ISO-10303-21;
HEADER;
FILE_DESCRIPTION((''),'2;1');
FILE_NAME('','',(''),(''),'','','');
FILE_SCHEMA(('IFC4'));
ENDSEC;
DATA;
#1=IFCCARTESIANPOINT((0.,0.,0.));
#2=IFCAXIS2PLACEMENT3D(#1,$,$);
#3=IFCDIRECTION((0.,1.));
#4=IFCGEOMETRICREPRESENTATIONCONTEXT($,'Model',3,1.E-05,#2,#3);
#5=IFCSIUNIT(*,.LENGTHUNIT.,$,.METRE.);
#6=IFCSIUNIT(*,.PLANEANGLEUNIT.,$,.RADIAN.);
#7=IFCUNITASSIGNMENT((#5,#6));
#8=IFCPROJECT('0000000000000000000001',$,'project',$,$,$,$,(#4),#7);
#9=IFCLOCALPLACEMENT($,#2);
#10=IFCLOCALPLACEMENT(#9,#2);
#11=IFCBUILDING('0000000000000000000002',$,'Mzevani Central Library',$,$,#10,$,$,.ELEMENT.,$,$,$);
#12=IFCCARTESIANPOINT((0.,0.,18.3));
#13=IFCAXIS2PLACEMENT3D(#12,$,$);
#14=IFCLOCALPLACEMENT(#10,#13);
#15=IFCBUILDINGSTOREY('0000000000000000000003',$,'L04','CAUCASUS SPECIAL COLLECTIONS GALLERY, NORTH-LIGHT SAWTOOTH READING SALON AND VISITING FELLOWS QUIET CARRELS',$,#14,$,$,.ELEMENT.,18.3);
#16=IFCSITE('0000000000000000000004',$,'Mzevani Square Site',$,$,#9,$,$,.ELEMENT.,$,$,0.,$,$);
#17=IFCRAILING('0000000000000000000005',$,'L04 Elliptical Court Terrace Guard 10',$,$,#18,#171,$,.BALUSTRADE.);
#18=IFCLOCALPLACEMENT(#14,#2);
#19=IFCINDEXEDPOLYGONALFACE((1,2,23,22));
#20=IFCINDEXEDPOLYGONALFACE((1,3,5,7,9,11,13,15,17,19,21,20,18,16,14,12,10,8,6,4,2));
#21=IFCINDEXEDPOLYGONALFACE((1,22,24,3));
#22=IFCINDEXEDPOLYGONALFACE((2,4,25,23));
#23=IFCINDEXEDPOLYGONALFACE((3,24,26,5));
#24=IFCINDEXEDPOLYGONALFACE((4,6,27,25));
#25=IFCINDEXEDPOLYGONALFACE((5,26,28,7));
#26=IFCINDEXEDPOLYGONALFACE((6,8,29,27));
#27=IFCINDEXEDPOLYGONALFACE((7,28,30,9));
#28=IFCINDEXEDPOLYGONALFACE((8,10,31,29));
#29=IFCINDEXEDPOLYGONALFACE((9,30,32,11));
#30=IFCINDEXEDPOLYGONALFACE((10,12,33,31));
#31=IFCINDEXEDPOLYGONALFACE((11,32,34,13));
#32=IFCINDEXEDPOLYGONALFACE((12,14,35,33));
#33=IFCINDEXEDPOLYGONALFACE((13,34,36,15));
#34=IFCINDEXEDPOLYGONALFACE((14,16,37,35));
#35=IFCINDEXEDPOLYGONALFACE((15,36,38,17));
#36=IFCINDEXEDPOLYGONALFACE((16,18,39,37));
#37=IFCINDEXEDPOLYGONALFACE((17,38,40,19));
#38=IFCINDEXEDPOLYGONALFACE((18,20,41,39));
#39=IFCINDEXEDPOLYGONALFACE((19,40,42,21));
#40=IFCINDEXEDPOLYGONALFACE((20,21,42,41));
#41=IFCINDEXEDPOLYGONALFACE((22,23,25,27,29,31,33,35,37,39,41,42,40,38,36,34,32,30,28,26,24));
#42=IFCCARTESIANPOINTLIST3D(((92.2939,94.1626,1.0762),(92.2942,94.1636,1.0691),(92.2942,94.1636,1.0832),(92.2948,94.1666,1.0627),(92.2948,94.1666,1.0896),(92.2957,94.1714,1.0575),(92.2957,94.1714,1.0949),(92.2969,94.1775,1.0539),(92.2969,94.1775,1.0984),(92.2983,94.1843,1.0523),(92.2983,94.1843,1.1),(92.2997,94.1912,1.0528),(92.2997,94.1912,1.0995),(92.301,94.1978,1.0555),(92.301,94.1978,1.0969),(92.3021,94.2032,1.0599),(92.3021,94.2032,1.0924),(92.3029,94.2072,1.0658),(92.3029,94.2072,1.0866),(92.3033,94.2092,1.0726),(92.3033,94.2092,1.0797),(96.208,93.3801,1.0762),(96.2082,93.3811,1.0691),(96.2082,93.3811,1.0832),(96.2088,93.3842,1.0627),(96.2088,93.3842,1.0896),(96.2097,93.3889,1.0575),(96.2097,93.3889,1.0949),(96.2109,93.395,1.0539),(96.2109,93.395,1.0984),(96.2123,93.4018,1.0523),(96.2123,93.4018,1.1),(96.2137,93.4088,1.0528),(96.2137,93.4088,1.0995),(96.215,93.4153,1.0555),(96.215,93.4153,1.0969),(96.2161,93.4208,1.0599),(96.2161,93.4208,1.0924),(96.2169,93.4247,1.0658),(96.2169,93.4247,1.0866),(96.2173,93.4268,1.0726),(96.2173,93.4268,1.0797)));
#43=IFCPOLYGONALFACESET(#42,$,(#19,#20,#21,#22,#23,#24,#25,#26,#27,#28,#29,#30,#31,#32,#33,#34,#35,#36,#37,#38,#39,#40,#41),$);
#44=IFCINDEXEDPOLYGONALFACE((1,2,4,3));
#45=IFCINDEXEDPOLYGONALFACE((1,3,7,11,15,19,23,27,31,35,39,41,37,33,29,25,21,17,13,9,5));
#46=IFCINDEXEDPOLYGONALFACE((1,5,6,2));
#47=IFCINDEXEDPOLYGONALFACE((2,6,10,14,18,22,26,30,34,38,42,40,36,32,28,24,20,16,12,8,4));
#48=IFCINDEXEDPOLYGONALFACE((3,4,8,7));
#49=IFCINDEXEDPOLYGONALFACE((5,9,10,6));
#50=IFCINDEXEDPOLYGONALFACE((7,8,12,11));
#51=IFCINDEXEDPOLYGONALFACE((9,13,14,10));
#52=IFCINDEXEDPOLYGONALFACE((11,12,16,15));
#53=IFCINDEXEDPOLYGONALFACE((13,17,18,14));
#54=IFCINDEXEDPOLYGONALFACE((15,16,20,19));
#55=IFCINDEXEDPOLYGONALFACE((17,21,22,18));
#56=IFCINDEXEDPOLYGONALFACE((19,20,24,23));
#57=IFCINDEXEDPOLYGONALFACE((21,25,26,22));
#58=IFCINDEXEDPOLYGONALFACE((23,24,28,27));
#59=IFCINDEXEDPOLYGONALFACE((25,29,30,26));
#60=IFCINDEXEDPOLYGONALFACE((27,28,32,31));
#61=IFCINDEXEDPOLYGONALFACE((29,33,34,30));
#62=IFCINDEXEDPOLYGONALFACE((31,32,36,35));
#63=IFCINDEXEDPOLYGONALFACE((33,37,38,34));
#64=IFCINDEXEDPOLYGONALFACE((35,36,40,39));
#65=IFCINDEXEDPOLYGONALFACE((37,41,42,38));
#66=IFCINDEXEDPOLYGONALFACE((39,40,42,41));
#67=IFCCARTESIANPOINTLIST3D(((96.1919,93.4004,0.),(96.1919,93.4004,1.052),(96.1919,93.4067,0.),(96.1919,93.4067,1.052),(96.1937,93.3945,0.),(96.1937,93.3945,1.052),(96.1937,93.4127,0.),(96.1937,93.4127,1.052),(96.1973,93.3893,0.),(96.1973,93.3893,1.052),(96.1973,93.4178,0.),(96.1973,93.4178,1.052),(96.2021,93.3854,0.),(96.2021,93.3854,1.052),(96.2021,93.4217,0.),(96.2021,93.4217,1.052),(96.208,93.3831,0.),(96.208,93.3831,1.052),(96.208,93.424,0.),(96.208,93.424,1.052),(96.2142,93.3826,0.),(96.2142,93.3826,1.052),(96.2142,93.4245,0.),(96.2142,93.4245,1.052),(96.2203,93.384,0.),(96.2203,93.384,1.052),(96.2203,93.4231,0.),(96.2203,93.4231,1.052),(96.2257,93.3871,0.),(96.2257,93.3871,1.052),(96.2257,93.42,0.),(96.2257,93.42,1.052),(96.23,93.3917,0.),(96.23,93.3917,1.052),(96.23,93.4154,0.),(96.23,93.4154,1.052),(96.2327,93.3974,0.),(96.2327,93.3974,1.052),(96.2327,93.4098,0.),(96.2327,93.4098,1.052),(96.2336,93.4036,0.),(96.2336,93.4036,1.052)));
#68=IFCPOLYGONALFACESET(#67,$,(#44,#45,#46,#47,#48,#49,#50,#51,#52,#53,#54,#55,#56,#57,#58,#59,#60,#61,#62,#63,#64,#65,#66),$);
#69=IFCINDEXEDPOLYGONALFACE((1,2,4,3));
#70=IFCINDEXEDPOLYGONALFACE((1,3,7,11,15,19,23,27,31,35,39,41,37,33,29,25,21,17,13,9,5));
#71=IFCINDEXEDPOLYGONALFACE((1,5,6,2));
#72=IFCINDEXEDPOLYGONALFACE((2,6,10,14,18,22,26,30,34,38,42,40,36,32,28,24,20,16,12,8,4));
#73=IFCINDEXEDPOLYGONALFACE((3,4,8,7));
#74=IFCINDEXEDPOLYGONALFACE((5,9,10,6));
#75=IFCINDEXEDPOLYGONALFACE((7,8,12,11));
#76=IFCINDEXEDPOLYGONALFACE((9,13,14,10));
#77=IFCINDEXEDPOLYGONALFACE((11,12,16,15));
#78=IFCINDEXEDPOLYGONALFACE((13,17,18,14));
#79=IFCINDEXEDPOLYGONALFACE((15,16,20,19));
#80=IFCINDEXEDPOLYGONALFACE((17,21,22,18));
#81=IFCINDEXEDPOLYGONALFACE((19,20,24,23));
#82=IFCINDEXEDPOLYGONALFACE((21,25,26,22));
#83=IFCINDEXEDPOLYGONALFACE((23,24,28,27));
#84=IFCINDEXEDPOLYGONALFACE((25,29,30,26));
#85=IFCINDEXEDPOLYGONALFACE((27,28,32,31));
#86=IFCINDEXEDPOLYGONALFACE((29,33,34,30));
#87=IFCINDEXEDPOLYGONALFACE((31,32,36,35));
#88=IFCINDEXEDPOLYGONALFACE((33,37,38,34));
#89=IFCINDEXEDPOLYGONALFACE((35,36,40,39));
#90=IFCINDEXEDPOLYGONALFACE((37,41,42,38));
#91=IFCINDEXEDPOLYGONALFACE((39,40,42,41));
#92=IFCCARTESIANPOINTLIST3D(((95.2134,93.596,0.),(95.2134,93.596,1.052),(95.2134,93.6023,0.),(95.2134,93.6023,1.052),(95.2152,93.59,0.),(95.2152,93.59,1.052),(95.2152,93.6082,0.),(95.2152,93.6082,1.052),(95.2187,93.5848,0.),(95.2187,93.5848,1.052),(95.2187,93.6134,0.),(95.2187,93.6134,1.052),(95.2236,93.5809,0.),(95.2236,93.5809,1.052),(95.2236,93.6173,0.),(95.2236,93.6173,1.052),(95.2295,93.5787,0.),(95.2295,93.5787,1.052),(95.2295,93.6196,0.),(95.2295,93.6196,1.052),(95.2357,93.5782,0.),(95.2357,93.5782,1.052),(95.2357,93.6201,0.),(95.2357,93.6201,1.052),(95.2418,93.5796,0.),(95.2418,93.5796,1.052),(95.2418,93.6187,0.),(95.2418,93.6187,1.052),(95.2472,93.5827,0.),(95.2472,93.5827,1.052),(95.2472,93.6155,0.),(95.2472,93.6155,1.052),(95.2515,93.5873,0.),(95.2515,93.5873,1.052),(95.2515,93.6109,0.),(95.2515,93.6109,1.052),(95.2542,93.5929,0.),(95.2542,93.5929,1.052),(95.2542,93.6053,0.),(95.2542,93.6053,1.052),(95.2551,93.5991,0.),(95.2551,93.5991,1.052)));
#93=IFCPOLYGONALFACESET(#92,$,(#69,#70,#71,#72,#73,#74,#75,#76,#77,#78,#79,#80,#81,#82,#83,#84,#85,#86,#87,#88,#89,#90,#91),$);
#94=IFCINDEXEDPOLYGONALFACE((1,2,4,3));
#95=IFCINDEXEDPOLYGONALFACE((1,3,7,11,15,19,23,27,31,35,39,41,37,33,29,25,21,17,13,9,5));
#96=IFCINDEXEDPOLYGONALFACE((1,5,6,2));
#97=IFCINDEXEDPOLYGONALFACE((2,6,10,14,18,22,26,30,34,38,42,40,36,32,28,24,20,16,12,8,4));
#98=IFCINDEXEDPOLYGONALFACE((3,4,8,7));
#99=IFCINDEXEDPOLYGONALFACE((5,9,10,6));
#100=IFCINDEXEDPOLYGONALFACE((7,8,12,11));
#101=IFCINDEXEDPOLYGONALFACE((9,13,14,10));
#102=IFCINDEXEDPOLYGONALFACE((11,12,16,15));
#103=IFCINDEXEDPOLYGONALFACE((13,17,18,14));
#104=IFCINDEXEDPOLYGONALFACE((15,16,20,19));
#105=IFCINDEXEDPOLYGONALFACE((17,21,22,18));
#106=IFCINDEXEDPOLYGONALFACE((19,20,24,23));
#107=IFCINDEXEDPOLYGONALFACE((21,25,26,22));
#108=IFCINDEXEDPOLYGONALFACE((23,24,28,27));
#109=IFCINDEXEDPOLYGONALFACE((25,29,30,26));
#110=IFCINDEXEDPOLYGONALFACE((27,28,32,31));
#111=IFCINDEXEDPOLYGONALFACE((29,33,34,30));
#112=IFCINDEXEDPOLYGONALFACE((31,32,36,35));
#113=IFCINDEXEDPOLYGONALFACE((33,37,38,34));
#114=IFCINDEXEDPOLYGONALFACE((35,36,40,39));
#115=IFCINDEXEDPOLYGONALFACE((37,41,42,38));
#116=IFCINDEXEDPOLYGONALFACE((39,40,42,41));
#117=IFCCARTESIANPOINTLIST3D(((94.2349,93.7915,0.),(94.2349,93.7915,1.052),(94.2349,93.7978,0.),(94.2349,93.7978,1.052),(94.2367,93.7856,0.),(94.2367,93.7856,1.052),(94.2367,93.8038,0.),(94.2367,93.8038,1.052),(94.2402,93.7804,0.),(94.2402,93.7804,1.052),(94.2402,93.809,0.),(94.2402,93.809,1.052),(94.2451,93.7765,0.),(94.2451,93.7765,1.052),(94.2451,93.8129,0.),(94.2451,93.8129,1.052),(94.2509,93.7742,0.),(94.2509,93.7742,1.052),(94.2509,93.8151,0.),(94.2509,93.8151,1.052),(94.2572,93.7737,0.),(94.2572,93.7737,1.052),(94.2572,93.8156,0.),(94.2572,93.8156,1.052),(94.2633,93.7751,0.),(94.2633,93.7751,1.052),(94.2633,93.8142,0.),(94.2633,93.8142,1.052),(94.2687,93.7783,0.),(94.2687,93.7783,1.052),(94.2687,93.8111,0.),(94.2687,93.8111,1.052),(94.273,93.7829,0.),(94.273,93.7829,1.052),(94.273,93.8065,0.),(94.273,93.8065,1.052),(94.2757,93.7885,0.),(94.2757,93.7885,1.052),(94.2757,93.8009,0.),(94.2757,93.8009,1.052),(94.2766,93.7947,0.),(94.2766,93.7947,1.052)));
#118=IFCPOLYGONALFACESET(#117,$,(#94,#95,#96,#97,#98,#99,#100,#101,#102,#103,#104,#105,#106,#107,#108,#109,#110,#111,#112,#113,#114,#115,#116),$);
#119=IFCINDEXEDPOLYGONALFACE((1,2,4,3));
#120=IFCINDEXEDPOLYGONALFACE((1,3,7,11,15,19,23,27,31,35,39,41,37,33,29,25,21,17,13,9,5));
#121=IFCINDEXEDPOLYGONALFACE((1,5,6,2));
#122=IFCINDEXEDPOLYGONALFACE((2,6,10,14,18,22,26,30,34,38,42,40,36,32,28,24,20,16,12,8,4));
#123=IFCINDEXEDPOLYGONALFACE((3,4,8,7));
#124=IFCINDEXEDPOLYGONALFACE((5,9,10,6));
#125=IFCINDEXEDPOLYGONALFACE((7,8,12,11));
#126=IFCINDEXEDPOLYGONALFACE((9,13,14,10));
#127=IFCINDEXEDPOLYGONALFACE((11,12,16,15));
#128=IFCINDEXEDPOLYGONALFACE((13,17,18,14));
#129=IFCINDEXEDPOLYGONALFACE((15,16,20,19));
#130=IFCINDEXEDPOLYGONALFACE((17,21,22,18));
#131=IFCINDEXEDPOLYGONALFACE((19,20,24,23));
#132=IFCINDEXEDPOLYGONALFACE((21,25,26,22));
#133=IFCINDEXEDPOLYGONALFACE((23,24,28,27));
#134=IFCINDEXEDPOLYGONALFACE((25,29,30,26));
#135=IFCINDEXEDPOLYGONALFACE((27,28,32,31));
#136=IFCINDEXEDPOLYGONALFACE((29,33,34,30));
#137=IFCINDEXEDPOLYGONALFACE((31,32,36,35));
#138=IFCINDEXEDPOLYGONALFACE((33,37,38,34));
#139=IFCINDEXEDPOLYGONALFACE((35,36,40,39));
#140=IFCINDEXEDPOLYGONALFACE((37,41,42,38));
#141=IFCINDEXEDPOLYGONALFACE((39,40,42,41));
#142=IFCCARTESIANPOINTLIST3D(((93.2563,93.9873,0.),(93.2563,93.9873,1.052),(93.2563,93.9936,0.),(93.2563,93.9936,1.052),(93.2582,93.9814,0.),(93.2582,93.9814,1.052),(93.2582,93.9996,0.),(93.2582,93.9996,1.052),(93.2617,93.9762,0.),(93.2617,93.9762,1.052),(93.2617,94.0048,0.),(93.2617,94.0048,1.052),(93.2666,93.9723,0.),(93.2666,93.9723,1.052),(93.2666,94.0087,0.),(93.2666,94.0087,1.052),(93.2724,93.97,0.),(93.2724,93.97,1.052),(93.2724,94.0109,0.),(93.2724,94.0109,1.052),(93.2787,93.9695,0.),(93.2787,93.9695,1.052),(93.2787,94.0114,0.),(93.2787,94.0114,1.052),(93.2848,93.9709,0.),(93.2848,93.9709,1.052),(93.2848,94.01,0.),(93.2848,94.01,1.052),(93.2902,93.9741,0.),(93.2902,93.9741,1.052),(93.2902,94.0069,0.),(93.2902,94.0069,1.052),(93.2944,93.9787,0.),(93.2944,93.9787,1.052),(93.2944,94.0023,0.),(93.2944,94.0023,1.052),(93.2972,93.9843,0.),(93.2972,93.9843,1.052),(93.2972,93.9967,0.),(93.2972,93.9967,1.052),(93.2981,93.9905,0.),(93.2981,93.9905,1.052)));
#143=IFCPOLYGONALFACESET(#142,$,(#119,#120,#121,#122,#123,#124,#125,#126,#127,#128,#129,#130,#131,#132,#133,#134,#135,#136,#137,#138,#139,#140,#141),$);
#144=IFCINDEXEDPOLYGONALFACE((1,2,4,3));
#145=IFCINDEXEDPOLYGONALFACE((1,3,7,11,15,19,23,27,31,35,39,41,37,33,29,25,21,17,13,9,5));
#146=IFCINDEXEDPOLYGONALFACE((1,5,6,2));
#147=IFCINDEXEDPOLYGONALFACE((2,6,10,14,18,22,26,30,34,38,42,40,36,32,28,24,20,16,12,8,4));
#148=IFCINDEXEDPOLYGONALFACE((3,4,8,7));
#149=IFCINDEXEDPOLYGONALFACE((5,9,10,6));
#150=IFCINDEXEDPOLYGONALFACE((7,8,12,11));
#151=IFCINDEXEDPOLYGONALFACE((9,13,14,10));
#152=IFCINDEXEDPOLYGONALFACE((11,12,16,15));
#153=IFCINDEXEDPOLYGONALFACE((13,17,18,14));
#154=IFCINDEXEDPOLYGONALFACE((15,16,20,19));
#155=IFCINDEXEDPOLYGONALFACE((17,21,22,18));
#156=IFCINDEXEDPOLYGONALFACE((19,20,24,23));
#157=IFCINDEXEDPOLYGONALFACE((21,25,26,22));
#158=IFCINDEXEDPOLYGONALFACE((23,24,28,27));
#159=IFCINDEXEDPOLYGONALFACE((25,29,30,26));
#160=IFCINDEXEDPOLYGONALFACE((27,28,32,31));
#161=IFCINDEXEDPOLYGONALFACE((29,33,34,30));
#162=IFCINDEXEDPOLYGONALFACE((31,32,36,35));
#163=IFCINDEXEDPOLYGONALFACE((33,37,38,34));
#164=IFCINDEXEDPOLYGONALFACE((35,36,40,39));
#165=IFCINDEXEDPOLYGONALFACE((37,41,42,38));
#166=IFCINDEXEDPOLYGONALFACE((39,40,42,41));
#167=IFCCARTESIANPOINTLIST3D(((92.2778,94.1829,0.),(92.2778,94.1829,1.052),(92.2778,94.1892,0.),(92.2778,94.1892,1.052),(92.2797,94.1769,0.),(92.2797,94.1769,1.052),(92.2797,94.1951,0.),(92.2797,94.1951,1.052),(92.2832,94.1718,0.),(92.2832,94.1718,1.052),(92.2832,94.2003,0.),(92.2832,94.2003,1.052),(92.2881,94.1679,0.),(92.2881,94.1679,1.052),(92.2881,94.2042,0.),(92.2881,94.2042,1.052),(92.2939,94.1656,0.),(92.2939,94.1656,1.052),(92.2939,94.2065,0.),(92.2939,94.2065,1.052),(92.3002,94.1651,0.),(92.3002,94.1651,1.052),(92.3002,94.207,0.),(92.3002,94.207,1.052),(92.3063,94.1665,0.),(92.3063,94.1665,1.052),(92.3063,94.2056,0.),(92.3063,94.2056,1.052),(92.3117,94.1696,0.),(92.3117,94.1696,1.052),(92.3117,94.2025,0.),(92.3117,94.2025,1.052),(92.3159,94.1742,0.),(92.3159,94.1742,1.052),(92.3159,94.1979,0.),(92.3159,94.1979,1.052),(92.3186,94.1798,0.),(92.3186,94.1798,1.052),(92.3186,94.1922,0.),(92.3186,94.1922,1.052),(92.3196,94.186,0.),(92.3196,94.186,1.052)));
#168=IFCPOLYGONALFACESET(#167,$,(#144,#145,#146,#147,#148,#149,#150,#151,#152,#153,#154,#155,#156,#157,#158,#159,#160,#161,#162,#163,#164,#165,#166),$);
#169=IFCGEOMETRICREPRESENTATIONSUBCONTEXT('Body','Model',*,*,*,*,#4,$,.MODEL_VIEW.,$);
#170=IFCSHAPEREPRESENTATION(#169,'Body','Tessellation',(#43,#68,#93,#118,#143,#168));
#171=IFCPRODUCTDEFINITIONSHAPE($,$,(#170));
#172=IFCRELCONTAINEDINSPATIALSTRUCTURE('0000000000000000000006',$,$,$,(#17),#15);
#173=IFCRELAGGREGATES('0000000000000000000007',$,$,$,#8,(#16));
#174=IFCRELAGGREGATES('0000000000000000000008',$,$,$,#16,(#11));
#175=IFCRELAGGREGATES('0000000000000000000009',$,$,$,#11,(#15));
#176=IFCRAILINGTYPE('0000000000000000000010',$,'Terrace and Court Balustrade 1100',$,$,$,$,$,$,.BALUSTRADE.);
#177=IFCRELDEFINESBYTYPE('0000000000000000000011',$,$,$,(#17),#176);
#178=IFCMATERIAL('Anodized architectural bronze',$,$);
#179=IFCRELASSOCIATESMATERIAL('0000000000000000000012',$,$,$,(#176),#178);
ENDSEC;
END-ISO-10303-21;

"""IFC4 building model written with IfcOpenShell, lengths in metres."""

from ifc_helpers import new_model, si_unit, direction, frame, origin, origin_2d, place, context, subcontext, project, spatial, circle, extrude, material, type_object, element, save


model = new_model("IFC4")

# Units and contexts
model_context = context("Model", 3, precision=1e-05, world=origin(), true_north=direction((0.0, 1.0)))
body_context = subcontext(model_context, "Body", "Model", "MODEL_VIEW")
ifc_project = project(units=[si_unit("LENGTHUNIT", "METRE"), si_unit("PLANEANGLEUNIT", "RADIAN")], contexts=[model_context])

# Site, building, storey
site_placement = place(None, origin())
site = spatial("IfcSite", under=ifc_project, at=site_placement, Name="Mzevani Square Site", CompositionType="ELEMENT", RefElevation=0.0)
building_placement = place(site_placement, origin())
building = spatial("IfcBuilding", under=site, at=building_placement, Name="Mzevani Central Library", CompositionType="ELEMENT")
storey_placement = place(building_placement, frame((0.0, 0.0, 18.3)))
storey = spatial("IfcBuildingStorey", under=building, at=storey_placement, Name="L04", Description="CAUCASUS SPECIAL COLLECTIONS GALLERY, NORTH-LIGHT SAWTOOTH READING SALON AND VISITING FELLOWS QUIET CARRELS", CompositionType="ELEMENT", Elevation=18.3)

# Railing
ifc_material_1 = material(Name="Anodized architectural bronze")
railing_type = type_object("IfcRailingType", Name="Terrace and Court Balustrade 1100", PredefinedType="BALUSTRADE", material=ifc_material_1)
railing_1_placement = place(storey_placement, frame((96.2126, 93.4036, 0.0)))
element("IfcRailing", 1, at=railing_1_placement, inside=storey, type_object=railing_type, Name="L04 Elliptical Court Terrace Guard 10", PredefinedType="BALUSTRADE", context=body_context, shape_type="SweptSolid", body=[
    extrude(circle(Radius=0.0239, at=origin_2d()), frame((0.0, 0.0, 1.0762), z_axis=(-0.980597, 0.196034, 0.0), x_axis=(-0.196034, -0.980597, 0.0)), (0.0, 0.0, 1.0), 3.9915),
    extrude(circle(Radius=0.021, at=origin_2d()), origin(), (0.0, 0.0, 1.0), 1.052),
    extrude(circle(Radius=0.021, at=origin_2d()), frame((-0.9785, 0.1956, 0.0)), (0.0, 0.0, 1.0), 1.052),
    extrude(circle(Radius=0.021, at=origin_2d()), frame((-1.957, 0.3911, 0.0)), (0.0, 0.0, 1.0), 1.052),
    extrude(circle(Radius=0.021, at=origin_2d()), frame((-2.9355, 0.5869, 0.0)), (0.0, 0.0, 1.0), 1.052),
    extrude(circle(Radius=0.021, at=origin_2d()), frame((-3.9141, 0.7825, 0.0)), (0.0, 0.0, 1.0), 1.052),
])

save(model, "model.ifc")
